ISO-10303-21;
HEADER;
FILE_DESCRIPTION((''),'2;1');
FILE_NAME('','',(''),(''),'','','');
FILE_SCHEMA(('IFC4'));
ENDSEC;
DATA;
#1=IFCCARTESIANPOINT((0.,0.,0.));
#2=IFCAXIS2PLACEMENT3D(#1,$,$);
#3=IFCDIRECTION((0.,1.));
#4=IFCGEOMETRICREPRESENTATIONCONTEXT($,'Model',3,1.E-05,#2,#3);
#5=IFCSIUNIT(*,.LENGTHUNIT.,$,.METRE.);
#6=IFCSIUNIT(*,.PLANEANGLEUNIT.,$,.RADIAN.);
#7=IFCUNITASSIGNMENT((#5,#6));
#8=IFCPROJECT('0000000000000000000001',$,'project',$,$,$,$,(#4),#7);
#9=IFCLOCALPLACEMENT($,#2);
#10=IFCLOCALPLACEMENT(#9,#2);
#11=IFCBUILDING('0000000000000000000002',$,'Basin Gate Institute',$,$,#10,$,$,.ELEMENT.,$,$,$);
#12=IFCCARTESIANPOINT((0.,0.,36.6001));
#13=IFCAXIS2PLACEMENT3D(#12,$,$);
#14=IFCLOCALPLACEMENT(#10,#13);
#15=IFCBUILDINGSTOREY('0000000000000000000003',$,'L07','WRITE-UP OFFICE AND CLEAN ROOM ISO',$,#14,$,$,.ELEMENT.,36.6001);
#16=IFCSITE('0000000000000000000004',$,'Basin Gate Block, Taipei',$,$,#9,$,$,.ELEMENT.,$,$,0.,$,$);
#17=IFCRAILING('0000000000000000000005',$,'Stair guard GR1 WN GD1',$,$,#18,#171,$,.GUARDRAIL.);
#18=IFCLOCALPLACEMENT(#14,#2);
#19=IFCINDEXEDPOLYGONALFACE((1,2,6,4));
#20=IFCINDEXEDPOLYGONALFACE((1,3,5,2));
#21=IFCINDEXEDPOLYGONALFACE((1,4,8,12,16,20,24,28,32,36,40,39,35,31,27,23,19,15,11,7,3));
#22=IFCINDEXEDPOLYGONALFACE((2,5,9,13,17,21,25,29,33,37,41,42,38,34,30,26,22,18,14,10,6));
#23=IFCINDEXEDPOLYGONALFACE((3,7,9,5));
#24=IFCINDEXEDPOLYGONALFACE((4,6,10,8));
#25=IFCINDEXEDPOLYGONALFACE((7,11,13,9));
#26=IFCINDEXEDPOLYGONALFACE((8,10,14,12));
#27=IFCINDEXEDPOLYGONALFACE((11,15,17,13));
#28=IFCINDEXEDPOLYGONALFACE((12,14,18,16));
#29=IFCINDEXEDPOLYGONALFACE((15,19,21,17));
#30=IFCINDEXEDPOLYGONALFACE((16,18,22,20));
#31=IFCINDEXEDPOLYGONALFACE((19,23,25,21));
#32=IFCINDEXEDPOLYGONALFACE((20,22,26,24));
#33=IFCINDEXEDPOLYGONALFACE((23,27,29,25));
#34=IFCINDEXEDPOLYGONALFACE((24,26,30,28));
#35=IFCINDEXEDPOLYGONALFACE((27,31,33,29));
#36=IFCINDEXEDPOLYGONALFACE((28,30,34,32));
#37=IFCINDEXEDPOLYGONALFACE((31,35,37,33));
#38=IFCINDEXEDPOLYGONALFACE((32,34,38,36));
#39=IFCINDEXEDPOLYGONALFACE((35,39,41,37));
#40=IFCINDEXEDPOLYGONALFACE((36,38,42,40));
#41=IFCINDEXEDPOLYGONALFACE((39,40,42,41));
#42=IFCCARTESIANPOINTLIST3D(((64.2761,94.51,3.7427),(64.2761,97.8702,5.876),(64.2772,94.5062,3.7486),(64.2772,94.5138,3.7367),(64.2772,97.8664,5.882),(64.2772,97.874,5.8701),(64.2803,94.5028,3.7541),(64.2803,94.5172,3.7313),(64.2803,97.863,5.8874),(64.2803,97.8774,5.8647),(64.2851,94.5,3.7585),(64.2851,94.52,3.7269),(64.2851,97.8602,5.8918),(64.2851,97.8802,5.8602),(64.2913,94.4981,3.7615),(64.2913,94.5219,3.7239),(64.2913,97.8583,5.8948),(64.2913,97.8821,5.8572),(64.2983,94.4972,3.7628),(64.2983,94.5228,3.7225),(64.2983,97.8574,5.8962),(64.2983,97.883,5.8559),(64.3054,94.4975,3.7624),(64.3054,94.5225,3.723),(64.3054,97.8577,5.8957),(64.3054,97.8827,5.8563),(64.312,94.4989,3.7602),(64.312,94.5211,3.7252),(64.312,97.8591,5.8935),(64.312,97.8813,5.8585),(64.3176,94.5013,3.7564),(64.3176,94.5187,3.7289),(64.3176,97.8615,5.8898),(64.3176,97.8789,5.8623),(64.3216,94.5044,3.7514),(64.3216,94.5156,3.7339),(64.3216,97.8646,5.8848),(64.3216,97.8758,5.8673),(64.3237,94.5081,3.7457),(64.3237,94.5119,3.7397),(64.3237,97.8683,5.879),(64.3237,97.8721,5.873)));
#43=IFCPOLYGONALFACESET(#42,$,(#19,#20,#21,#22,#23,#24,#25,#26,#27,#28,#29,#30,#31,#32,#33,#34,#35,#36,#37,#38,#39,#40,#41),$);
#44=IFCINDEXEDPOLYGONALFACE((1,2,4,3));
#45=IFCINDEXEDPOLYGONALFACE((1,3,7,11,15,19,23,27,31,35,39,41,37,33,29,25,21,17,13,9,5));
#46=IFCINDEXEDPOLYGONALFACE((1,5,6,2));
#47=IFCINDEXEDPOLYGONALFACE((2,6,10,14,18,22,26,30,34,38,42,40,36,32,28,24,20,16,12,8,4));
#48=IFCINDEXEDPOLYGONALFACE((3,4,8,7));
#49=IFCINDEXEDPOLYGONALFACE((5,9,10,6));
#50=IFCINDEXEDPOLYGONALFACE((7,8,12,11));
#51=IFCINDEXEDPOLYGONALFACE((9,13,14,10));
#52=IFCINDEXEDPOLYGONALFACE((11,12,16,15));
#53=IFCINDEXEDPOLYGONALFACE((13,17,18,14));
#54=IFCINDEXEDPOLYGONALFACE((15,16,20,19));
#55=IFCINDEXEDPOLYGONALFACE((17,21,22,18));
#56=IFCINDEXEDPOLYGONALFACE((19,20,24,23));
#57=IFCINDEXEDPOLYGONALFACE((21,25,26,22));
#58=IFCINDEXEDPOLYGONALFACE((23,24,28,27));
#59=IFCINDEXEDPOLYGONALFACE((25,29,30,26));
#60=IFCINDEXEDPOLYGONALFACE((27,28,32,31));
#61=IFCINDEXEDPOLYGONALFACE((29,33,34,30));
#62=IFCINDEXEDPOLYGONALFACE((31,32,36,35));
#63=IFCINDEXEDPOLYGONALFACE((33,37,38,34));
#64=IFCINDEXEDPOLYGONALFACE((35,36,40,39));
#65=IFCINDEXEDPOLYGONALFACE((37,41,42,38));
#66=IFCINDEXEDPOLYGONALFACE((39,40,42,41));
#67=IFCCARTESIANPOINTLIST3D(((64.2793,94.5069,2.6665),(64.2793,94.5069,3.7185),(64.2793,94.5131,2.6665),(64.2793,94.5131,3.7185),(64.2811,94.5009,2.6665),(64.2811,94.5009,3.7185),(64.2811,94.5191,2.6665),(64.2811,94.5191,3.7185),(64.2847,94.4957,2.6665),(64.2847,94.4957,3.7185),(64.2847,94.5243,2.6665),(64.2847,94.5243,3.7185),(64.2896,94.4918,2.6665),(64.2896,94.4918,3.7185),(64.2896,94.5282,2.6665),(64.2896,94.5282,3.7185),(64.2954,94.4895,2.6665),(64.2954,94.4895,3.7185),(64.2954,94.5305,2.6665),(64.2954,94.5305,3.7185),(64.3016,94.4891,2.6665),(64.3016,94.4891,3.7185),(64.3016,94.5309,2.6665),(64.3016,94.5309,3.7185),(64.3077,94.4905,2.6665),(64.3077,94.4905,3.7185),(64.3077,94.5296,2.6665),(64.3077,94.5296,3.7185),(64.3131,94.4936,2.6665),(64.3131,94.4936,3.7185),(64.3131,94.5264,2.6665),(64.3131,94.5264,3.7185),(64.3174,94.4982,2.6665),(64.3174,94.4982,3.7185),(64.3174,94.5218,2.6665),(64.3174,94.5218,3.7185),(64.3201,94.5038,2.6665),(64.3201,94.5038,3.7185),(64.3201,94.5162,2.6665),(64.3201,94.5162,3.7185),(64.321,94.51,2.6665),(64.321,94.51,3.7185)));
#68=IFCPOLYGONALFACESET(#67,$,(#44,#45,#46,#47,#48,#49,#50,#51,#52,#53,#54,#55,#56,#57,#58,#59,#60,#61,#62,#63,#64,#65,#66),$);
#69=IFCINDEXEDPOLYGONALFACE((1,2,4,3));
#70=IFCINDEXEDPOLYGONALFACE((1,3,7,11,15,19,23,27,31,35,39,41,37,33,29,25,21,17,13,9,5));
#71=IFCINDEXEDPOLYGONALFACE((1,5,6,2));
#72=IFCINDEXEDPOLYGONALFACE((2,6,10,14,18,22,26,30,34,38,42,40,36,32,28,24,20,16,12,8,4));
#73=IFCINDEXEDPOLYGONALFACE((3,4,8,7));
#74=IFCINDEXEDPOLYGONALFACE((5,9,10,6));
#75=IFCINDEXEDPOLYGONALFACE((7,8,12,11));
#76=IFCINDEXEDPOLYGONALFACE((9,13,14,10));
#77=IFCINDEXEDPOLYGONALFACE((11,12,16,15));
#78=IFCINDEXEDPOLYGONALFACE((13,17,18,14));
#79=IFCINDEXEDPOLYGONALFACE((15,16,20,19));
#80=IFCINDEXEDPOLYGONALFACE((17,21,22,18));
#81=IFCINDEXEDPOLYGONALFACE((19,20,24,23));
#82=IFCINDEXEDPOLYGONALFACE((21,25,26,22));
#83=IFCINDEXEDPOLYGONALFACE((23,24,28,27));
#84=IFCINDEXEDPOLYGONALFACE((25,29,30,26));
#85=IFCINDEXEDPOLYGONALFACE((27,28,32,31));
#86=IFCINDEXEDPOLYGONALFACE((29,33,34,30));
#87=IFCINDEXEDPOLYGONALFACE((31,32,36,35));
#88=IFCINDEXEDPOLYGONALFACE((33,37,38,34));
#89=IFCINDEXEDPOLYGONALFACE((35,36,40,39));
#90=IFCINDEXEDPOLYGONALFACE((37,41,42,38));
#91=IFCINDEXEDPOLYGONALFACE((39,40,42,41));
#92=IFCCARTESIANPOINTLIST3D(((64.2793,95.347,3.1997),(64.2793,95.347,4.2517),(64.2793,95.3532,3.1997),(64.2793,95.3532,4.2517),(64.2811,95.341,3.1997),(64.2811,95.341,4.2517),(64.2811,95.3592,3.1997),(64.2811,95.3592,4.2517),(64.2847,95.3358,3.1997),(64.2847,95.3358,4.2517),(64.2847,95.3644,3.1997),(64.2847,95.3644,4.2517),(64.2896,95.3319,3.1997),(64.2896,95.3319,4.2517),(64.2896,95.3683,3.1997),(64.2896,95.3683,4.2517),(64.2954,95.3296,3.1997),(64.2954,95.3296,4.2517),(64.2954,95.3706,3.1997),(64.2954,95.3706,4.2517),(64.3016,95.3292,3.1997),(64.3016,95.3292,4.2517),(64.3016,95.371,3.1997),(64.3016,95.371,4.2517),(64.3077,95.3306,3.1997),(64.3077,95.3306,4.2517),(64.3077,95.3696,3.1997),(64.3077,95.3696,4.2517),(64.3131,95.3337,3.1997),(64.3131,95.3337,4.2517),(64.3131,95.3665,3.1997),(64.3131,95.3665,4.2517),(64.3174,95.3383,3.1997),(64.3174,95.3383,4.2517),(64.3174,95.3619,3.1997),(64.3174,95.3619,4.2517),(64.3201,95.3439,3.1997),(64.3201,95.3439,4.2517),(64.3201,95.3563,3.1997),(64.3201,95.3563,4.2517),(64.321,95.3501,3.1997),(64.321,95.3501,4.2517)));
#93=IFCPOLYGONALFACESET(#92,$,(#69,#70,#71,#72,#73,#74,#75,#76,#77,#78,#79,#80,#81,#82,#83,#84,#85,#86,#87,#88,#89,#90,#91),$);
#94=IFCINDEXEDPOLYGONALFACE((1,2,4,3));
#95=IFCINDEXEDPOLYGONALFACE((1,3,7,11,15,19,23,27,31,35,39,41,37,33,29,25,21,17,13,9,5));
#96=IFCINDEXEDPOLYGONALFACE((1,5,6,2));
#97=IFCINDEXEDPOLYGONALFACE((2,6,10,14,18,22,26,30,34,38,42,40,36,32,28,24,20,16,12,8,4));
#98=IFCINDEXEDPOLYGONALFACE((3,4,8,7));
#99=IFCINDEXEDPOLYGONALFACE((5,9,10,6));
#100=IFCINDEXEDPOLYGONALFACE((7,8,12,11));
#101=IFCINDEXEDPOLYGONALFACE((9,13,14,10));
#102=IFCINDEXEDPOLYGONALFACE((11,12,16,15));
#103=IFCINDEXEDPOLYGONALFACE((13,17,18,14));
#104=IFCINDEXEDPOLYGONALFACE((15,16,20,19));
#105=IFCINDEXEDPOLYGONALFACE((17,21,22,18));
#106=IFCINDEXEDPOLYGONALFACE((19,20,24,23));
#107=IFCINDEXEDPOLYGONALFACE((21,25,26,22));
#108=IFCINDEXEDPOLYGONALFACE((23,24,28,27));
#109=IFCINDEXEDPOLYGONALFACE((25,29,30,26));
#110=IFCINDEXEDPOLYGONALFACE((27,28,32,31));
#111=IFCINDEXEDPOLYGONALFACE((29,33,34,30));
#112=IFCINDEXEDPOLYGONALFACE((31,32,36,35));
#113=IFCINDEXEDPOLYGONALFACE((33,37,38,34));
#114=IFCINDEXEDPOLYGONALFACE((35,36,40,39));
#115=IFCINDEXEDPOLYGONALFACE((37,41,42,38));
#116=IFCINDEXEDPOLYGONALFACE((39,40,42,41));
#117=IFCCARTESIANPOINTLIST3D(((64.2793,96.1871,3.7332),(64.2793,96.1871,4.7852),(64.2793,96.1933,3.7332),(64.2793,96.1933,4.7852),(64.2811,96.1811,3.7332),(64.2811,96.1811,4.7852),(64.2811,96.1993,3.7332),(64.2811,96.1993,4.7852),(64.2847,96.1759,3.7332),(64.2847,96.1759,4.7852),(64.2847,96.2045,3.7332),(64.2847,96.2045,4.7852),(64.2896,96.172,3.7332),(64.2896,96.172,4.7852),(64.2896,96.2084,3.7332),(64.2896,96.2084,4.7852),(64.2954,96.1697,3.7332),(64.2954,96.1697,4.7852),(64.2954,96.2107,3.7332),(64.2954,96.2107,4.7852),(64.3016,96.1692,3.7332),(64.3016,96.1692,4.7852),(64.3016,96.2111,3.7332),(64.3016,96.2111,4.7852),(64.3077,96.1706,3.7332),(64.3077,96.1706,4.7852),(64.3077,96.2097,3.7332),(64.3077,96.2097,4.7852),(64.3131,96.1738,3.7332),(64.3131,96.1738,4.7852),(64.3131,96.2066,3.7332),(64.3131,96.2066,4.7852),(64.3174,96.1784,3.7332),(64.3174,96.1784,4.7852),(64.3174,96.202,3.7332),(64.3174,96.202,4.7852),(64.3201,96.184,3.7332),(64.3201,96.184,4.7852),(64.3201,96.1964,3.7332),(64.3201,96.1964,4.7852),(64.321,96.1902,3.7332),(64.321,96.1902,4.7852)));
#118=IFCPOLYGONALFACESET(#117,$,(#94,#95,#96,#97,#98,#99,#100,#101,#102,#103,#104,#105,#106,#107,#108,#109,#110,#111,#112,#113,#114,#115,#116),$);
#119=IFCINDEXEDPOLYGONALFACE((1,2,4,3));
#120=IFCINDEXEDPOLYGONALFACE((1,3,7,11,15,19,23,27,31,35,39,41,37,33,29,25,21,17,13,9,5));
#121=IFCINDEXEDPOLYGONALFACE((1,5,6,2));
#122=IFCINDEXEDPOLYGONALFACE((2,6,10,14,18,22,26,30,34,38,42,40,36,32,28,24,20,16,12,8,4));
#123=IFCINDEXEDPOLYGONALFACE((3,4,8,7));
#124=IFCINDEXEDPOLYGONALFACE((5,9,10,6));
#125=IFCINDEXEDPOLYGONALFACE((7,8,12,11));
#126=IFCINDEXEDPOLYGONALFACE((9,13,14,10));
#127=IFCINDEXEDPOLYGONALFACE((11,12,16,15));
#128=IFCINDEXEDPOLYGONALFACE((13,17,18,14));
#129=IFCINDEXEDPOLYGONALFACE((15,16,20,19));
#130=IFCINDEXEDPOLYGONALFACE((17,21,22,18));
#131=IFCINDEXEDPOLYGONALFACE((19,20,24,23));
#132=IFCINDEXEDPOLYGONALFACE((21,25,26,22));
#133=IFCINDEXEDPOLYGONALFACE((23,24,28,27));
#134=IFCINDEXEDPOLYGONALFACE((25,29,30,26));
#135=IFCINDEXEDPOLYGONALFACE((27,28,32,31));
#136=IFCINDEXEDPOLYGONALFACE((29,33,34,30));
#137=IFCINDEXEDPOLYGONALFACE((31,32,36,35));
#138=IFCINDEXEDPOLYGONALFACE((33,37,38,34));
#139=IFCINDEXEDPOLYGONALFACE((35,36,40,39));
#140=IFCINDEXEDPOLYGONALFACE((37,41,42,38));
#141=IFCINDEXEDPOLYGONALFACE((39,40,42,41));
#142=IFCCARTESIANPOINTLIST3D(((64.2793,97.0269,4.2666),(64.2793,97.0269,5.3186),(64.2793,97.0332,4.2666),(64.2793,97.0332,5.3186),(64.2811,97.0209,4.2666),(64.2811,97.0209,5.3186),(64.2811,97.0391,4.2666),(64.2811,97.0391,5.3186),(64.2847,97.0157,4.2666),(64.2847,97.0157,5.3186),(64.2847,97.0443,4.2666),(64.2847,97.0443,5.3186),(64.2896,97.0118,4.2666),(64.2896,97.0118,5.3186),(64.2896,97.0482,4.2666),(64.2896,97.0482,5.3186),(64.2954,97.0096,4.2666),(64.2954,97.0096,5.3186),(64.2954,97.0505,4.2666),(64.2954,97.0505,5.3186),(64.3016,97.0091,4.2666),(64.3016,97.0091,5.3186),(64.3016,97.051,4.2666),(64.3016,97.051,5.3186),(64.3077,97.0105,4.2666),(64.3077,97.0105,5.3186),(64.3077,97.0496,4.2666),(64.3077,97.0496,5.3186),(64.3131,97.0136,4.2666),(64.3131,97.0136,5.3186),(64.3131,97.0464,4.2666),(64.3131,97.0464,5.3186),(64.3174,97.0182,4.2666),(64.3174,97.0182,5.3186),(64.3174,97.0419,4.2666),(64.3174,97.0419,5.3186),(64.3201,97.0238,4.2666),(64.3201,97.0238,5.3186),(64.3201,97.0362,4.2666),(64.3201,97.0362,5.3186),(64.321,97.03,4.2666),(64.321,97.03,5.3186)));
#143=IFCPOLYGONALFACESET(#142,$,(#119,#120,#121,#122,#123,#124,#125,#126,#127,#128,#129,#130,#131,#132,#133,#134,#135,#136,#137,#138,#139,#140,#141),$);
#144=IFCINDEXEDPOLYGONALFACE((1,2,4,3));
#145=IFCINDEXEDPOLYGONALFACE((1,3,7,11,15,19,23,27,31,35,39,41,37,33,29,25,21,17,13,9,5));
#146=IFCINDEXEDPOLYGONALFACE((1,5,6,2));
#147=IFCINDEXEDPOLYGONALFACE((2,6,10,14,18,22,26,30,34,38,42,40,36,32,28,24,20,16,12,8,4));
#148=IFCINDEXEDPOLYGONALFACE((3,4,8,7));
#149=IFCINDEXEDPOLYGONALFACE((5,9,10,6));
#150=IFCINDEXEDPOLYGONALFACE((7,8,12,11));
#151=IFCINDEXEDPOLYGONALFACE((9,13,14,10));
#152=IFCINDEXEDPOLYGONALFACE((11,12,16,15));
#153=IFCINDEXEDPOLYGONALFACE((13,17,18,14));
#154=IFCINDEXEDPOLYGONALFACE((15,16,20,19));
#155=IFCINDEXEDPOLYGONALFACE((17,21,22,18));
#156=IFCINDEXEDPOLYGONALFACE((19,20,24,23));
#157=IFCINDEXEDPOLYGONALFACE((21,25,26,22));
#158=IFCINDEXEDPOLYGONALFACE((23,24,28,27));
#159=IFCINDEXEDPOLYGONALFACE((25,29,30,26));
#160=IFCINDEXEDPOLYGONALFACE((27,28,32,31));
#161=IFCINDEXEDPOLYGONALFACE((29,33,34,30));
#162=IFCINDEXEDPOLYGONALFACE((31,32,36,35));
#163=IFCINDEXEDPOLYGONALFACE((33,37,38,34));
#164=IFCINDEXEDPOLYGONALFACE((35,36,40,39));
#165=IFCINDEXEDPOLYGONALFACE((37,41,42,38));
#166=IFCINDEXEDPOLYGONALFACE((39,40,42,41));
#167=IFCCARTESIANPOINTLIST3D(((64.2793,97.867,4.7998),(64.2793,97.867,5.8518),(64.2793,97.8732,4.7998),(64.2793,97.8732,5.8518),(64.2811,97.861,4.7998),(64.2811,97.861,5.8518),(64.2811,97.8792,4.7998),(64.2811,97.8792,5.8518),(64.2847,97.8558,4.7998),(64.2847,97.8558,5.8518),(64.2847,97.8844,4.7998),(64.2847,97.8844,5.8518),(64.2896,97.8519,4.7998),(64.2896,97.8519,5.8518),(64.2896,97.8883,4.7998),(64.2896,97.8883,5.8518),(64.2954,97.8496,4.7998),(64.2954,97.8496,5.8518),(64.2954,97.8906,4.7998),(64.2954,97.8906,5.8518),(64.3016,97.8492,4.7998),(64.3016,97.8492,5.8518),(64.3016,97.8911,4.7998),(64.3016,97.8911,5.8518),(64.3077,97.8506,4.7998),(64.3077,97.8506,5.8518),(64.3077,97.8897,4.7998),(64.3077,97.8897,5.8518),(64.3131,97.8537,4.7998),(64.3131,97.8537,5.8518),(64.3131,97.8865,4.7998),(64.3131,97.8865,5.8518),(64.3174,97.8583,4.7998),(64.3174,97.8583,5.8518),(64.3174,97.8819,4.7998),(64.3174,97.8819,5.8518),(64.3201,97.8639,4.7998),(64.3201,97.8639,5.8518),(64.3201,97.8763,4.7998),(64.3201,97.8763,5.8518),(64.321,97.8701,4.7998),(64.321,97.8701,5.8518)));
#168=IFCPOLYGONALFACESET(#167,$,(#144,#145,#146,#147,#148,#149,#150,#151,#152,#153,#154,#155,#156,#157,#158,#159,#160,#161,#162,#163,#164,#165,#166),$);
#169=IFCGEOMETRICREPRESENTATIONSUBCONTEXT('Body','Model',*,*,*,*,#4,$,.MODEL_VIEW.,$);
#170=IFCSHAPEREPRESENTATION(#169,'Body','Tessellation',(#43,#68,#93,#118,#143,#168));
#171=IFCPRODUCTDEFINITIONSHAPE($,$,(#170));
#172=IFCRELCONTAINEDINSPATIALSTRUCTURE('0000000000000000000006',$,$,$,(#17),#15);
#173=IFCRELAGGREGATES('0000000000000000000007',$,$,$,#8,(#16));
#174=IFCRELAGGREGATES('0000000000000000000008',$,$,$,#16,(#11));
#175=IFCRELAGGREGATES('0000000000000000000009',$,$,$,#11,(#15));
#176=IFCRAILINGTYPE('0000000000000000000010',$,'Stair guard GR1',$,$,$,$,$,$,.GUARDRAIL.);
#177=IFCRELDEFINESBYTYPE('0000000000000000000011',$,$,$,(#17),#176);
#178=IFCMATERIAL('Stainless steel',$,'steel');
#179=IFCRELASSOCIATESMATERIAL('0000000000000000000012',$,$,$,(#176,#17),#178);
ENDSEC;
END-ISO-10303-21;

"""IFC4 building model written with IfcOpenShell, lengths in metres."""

from ifc_helpers import new_model, si_unit, direction, frame, origin, origin_2d, place, context, subcontext, project, spatial, circle, extrude, material, type_object, element, save


model = new_model("IFC4")

# Units and contexts
model_context = context("Model", 3, precision=1e-05, world=origin(), true_north=direction((0.0, 1.0)))
body_context = subcontext(model_context, "Body", "Model", "MODEL_VIEW")
ifc_project = project(units=[si_unit("LENGTHUNIT", "METRE"), si_unit("PLANEANGLEUNIT", "RADIAN")], contexts=[model_context])

# Site, building, storey
site_placement = place(None, origin())
site = spatial("IfcSite", under=ifc_project, at=site_placement, Name="Basin Gate Block, Taipei", CompositionType="ELEMENT", RefElevation=0.0)
building_placement = place(site_placement, origin())
building = spatial("IfcBuilding", under=site, at=building_placement, Name="Basin Gate Institute", CompositionType="ELEMENT")
storey_placement = place(building_placement, frame((0.0, 0.0, 36.6001)))
storey = spatial("IfcBuildingStorey", under=building, at=storey_placement, Name="L07", Description="WRITE-UP OFFICE AND CLEAN ROOM ISO", CompositionType="ELEMENT", Elevation=36.6001)

# Railing
ifc_material_1 = material(Name="Stainless steel", Category="steel")
railing_type_1 = type_object("IfcRailingType", Name="Stair guard GR1", PredefinedType="GUARDRAIL", material=ifc_material_1)
railing_1_placement = place(storey_placement, frame((64.3, 94.51, 2.6665)))
element("IfcRailing", 1, at=railing_1_placement, inside=storey, type_object=railing_type_1, material=ifc_material_1, Name="Stair guard GR1 WN GD1", PredefinedType="GUARDRAIL", context=body_context, shape_type="SweptSolid", body=[
    extrude(circle(Radius=0.0239, at=origin_2d()), frame((0.0, 0.0, 1.0762), z_axis=(0.0, 0.844224, 0.53599), x_axis=(-1.0, 0.0, 0.0)), (0.0, 0.0, 1.0), 3.9802),
    extrude(circle(Radius=0.021, at=origin_2d()), origin(), (0.0, 0.0, 1.0), 1.052),
    extrude(circle(Radius=0.021, at=origin_2d()), frame((0.0, 0.8401, 0.5332)), (0.0, 0.0, 1.0), 1.052),
    extrude(circle(Radius=0.021, at=origin_2d()), frame((0.0, 1.6802, 1.0667)), (0.0, 0.0, 1.0), 1.052),
    extrude(circle(Radius=0.021, at=origin_2d()), frame((0.0, 2.52, 1.6001)), (0.0, 0.0, 1.0), 1.052),
    extrude(circle(Radius=0.021, at=origin_2d()), frame((0.0, 3.3601, 2.1333)), (0.0, 0.0, 1.0), 1.052),
])

save(model, "model.ifc")
